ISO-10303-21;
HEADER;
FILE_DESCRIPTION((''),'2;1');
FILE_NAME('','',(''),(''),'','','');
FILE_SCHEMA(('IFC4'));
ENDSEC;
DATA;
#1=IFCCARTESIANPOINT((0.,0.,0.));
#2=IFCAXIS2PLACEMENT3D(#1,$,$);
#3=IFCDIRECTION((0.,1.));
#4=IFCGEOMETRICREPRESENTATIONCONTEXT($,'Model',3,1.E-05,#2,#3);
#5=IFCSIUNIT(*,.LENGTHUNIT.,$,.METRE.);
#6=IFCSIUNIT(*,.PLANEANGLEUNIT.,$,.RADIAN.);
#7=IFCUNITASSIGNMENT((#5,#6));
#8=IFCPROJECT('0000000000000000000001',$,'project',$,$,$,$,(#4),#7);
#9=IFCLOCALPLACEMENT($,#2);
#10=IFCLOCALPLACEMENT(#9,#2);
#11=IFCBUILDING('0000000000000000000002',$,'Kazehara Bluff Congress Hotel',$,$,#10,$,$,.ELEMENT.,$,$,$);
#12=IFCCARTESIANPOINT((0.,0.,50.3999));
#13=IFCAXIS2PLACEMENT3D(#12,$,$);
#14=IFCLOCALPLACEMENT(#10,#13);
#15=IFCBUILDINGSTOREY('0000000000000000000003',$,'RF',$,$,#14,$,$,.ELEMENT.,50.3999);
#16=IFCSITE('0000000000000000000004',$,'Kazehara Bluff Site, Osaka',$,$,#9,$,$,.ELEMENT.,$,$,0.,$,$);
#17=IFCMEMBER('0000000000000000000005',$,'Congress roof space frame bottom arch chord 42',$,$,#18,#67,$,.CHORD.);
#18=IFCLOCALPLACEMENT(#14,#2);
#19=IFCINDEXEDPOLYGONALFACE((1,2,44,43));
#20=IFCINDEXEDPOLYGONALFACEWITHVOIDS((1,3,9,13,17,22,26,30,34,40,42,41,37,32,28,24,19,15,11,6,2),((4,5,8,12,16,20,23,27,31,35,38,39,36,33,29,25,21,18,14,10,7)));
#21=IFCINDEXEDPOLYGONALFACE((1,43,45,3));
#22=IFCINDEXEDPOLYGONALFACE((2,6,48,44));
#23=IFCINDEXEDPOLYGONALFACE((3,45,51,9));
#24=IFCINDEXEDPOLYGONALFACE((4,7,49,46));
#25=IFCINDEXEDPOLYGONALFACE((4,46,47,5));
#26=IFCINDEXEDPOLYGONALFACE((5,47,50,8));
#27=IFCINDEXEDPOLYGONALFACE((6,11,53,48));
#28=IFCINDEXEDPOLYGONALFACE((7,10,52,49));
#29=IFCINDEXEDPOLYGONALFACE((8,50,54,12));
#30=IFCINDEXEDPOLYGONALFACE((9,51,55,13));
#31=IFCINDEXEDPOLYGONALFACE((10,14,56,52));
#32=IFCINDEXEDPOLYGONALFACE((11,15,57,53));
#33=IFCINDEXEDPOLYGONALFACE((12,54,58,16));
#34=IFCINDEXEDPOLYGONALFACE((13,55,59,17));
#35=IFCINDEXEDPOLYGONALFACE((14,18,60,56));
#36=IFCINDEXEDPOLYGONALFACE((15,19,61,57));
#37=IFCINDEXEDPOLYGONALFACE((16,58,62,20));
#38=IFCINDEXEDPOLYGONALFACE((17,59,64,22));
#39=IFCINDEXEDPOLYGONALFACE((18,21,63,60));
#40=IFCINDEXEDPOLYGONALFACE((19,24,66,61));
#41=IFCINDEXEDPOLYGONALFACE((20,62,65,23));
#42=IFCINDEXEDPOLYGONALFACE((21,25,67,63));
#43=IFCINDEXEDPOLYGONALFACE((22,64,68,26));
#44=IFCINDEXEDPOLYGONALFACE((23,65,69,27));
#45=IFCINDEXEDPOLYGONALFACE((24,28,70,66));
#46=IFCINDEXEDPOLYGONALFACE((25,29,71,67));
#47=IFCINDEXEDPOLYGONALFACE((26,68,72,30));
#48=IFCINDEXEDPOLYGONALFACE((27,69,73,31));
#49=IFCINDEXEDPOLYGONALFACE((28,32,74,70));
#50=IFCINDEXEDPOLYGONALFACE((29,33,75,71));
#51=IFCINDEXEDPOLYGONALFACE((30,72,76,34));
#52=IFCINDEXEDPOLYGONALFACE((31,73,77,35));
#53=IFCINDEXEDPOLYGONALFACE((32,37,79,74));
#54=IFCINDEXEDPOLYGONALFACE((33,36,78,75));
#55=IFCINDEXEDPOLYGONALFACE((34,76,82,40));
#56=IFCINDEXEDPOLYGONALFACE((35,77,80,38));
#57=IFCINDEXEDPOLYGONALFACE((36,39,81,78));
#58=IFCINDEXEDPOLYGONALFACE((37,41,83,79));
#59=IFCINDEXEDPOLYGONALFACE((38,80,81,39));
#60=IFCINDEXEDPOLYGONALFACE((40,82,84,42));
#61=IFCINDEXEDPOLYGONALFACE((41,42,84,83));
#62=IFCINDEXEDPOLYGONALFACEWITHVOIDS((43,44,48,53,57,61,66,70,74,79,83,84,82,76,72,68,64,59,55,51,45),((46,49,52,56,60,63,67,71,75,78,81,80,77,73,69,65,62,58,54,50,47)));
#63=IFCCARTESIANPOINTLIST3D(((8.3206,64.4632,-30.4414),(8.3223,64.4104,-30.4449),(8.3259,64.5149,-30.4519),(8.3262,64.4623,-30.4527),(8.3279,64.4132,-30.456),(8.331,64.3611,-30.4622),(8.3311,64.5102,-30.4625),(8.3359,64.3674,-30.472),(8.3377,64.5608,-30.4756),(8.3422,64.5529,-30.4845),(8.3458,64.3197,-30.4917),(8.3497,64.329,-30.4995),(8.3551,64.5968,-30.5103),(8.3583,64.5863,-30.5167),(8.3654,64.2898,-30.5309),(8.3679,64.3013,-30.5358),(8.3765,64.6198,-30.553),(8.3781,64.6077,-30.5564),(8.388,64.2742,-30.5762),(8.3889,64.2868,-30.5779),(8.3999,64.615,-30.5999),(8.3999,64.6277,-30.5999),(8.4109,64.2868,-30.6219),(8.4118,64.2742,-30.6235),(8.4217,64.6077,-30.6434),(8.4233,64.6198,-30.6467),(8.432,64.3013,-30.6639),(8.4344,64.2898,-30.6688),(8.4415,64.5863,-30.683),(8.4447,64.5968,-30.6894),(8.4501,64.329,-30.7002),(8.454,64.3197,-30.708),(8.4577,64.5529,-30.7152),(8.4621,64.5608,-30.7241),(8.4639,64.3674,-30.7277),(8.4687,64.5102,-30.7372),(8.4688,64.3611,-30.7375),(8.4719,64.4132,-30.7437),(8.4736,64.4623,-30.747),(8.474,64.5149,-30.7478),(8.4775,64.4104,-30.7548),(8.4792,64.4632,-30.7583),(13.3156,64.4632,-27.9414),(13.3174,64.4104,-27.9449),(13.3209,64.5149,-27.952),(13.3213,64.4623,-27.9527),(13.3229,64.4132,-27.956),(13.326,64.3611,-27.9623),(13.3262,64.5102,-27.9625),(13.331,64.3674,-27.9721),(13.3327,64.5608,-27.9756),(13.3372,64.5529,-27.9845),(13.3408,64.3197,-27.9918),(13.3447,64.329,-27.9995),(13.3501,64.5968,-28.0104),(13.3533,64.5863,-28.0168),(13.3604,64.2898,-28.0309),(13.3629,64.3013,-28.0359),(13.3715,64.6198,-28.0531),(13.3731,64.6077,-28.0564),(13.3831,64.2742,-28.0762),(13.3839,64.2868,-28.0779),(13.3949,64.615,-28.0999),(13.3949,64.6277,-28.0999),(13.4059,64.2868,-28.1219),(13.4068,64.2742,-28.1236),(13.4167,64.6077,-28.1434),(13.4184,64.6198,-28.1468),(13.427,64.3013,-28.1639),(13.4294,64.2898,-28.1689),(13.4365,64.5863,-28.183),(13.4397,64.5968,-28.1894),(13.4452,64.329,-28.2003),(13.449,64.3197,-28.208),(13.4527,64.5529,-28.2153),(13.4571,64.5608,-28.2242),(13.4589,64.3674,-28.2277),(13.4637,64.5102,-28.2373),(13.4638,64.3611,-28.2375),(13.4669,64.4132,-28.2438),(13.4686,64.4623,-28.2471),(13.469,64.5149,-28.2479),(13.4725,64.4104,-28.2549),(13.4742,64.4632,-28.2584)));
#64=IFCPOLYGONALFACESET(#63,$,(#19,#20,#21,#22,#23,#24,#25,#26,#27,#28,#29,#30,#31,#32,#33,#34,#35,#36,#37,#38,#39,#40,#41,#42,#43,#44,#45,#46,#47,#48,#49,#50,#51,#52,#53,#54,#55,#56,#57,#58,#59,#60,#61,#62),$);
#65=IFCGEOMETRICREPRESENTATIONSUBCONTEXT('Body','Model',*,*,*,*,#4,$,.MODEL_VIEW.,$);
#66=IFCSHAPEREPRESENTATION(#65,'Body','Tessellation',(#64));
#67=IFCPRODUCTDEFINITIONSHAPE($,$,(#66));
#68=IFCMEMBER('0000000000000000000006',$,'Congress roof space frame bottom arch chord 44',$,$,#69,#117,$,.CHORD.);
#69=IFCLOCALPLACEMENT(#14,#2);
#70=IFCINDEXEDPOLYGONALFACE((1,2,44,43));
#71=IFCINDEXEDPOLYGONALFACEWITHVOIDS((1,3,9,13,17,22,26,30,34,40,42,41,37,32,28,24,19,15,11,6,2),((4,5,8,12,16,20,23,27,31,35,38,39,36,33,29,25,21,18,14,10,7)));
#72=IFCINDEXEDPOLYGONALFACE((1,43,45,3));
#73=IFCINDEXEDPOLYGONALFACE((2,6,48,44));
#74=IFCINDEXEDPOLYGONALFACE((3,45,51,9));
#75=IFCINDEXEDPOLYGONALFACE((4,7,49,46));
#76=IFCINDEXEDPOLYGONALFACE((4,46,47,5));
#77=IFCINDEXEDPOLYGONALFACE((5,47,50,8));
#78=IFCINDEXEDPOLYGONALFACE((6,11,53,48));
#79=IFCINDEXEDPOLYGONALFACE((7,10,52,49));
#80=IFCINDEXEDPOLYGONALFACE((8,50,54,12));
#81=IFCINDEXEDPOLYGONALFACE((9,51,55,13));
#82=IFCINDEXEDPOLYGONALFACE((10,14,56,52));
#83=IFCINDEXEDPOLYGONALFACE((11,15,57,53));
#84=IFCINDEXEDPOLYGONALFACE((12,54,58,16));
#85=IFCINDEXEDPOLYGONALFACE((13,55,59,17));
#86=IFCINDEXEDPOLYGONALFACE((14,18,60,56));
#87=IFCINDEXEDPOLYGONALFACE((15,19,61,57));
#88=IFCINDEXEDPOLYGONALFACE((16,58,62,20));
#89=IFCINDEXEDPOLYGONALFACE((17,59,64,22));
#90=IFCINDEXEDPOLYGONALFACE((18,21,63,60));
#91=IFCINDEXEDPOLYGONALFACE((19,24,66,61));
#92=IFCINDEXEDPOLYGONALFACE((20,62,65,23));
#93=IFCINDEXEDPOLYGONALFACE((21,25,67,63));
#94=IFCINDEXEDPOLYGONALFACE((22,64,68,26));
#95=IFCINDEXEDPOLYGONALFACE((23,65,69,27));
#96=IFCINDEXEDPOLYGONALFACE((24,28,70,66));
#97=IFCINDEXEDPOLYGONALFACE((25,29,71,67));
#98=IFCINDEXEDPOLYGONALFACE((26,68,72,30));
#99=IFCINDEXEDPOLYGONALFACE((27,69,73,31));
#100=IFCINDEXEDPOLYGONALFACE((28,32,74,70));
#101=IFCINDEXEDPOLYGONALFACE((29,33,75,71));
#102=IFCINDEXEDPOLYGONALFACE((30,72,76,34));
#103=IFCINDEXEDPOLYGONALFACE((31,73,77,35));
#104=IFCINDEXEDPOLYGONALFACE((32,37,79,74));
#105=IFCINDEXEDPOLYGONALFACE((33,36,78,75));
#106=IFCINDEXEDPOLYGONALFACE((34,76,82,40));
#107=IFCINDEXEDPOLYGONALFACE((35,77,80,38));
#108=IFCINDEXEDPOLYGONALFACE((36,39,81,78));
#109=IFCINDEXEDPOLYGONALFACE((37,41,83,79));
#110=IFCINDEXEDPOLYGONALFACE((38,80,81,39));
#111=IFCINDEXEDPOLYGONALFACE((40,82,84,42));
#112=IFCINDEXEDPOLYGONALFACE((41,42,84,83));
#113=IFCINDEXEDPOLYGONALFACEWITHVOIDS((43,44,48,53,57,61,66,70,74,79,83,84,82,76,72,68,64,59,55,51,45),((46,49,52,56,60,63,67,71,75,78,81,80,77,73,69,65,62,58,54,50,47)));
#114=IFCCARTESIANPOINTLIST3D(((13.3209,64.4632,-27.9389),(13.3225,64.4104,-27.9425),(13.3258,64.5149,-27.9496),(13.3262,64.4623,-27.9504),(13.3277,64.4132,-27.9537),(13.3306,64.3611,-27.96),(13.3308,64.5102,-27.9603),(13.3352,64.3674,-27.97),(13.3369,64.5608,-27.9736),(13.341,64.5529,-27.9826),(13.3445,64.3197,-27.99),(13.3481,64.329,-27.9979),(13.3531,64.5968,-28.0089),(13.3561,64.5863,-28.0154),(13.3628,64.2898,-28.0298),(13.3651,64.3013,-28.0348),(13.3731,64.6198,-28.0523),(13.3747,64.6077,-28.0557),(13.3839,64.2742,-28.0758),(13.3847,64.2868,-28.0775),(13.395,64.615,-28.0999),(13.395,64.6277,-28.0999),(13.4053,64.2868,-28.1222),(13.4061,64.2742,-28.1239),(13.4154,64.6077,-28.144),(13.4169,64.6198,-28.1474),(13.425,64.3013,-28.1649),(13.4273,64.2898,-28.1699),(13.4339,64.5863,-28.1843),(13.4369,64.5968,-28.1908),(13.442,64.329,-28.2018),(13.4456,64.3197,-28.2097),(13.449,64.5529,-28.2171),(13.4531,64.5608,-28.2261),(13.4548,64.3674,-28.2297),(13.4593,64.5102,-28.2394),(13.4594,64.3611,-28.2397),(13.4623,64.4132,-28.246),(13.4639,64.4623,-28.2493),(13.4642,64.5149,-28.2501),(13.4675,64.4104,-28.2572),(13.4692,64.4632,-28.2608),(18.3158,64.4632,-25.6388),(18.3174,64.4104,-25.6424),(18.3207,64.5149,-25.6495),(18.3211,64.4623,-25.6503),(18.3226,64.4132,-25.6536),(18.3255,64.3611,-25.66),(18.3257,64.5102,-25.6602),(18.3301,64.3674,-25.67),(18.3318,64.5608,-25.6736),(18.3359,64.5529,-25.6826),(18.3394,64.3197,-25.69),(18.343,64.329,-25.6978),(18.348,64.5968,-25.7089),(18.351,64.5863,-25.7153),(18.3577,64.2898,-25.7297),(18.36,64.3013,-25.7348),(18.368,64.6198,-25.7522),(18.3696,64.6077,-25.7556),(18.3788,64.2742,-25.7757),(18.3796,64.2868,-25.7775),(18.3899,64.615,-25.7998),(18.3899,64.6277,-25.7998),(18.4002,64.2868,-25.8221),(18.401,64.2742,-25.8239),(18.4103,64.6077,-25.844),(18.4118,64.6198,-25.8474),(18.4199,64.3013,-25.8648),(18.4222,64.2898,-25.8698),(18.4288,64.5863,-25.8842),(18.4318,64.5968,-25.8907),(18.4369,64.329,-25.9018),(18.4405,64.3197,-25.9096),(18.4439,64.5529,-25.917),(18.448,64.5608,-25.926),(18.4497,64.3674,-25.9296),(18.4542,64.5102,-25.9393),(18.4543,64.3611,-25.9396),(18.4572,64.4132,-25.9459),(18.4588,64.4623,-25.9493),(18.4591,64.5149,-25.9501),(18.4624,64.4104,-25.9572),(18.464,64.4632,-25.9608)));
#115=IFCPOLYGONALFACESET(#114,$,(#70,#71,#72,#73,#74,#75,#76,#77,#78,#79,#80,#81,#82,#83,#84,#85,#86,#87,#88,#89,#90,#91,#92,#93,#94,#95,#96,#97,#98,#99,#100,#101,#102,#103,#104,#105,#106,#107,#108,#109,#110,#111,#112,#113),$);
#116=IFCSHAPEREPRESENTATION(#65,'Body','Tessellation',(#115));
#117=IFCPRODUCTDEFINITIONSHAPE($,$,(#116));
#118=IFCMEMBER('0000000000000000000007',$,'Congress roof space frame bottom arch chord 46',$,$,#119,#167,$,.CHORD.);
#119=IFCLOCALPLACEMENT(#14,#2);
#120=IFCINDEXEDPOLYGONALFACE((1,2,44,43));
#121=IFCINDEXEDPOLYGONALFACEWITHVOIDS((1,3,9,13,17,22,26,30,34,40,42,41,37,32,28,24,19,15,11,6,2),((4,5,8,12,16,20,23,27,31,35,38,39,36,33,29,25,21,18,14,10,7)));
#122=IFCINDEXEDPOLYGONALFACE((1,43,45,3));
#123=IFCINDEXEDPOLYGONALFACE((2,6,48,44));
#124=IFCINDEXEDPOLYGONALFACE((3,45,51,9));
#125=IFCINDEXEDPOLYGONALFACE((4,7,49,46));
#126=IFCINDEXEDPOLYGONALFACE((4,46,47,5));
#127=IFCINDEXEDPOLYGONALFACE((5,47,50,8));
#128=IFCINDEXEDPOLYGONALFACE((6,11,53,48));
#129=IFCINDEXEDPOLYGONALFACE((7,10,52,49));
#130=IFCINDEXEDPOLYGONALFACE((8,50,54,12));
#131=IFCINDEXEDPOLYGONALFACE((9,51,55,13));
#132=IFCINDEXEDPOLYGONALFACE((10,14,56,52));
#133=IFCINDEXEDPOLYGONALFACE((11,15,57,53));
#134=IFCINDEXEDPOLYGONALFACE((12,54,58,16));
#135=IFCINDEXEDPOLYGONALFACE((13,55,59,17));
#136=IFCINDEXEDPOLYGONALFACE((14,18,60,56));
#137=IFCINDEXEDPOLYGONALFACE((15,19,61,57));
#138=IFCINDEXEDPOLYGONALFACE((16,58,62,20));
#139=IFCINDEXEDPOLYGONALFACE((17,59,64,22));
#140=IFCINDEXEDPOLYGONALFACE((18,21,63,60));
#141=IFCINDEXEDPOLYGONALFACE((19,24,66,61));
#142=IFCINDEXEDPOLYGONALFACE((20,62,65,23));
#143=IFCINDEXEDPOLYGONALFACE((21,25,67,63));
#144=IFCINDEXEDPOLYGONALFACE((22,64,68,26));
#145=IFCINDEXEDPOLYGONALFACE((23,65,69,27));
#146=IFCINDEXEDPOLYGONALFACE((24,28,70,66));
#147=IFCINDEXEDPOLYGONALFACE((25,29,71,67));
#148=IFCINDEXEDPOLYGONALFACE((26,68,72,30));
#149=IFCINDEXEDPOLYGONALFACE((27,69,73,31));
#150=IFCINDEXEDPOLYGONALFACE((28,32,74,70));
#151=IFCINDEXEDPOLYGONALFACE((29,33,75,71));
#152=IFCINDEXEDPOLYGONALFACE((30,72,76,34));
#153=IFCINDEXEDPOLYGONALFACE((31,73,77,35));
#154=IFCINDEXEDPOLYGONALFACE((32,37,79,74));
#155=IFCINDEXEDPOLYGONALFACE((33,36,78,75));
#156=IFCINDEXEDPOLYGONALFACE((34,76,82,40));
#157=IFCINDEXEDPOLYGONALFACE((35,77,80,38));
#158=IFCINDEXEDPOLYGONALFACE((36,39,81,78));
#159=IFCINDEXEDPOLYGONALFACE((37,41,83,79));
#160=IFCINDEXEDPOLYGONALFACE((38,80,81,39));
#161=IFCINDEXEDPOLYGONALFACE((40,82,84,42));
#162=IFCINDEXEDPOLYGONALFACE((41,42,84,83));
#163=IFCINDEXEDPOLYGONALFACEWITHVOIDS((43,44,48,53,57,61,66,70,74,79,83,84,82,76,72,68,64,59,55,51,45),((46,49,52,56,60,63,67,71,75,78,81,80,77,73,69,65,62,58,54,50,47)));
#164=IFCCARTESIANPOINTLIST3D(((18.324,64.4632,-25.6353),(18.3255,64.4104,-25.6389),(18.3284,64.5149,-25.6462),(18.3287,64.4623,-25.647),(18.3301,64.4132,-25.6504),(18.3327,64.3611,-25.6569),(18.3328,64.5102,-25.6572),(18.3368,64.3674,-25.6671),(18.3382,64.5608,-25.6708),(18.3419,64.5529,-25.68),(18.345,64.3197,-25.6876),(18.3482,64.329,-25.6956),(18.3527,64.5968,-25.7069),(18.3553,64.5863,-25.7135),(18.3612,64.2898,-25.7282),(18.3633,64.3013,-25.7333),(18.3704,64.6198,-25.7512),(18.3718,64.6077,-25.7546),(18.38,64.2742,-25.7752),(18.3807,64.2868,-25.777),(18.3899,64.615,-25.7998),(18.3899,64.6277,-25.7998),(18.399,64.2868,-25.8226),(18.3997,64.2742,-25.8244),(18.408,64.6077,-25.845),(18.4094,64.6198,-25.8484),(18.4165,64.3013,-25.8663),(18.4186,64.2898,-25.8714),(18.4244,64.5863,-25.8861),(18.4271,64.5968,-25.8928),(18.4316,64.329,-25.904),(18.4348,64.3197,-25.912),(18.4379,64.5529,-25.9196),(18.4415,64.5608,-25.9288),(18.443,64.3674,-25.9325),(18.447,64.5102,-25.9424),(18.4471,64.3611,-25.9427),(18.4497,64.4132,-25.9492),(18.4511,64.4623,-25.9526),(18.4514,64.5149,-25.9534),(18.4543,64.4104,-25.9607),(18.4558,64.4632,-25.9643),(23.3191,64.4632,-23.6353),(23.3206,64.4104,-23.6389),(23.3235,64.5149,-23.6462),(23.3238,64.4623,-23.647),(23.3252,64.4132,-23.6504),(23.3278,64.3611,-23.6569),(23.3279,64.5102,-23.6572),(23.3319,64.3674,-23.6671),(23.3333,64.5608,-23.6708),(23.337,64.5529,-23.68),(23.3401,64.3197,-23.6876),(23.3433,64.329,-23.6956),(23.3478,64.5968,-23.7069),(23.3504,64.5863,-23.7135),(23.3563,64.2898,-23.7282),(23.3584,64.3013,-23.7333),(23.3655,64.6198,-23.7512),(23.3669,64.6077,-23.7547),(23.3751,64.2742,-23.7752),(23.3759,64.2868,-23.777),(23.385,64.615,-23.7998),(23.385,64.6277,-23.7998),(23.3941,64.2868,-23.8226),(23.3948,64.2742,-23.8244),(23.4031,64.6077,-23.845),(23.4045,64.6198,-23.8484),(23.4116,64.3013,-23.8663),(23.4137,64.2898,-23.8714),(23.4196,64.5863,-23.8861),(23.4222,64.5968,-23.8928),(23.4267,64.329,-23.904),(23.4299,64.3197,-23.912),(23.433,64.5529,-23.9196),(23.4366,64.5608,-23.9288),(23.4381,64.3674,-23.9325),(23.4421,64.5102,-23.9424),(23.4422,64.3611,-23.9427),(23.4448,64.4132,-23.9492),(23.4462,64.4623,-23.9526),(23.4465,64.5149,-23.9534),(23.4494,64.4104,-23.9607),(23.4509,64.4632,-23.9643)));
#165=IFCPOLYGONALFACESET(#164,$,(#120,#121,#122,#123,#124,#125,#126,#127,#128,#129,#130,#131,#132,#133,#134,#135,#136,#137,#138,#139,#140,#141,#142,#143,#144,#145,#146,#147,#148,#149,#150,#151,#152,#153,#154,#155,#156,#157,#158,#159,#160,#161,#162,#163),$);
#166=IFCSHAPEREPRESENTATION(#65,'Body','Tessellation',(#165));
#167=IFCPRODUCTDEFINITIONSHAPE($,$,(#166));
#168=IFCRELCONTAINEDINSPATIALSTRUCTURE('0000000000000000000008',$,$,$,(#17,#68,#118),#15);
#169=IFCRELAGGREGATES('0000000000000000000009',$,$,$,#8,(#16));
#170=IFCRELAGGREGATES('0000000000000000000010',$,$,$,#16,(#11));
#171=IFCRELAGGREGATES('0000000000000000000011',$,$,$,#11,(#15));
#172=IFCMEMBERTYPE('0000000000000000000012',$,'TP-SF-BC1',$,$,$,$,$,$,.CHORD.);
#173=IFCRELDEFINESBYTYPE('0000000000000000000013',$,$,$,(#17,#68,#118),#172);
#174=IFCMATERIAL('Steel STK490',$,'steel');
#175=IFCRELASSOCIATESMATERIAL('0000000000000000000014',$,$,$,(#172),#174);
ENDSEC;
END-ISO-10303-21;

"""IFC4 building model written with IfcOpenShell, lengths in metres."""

from ifc_helpers import new_model, si_unit, direction, frame, origin, origin_2d, place, context, subcontext, project, spatial, hollow_circle, extrude, material, material_profile, profile_set, type_object, element, save


model = new_model("IFC4")

# Units and contexts
model_context = context("Model", 3, precision=1e-05, world=origin(), true_north=direction((0.0, 1.0)))
body_context = subcontext(model_context, "Body", "Model", "MODEL_VIEW")
ifc_project = project(units=[si_unit("LENGTHUNIT", "METRE"), si_unit("PLANEANGLEUNIT", "RADIAN")], contexts=[model_context])

# Site, building, storey
site_placement = place(None, origin())
site = spatial("IfcSite", under=ifc_project, at=site_placement, Name="Kazehara Bluff Site, Osaka", CompositionType="ELEMENT", RefElevation=0.0)
building_placement = place(site_placement, origin())
building = spatial("IfcBuilding", under=site, at=building_placement, Name="Kazehara Bluff Congress Hotel", CompositionType="ELEMENT")
storey_placement = place(building_placement, frame((0.0, 0.0, 50.3999)))
storey = spatial("IfcBuildingStorey", under=building, at=storey_placement, Name="RF", CompositionType="ELEMENT", Elevation=50.3999)

# Members
ifc_material_1 = material(Name="Steel STK490", Category="steel")
ifc_material_profile_1 = material_profile(ifc_material_1, hollow_circle(Radius=0.1777, WallThickness=0.0127, at=origin_2d()))
ifc_profile_set_1 = profile_set([ifc_material_profile_1], Name="Steel STK490")
member_type_1 = type_object("IfcMemberType", Name="TP-SF-BC1", PredefinedType="CHORD", material=ifc_profile_set_1)
member_1_placement = place(storey_placement, frame((8.3999, 64.45, -30.5999), z_axis=(0.894252, 0.0, 0.447563), x_axis=(0.0, 1.0, 0.0)))
element("IfcMember", 1, at=member_1_placement, inside=storey, type_object=member_type_1, Name="Congress roof space frame bottom arch chord 42", PredefinedType="CHORD", context=body_context, shape_type="SweptSolid", body=[
    extrude(hollow_circle(Radius=0.1777, WallThickness=0.0127, at=origin_2d()), origin(), (0.0, 0.0, 1.0), 5.5857),
])
member_2_placement = place(storey_placement, frame((13.395, 64.45, -28.0999), z_axis=(0.908324, 0.0, 0.418267), x_axis=(0.0, 1.0, 0.0)))
element("IfcMember", 2, at=member_2_placement, inside=storey, type_object=member_type_1, Name="Congress roof space frame bottom arch chord 44", PredefinedType="CHORD", context=body_context, shape_type="SweptSolid", body=[
    extrude(hollow_circle(Radius=0.1777, WallThickness=0.0127, at=origin_2d()), origin(), (0.0, 0.0, 1.0), 5.499),
])
member_3_placement = place(storey_placement, frame((18.3899, 64.45, -25.7998), z_axis=(0.928351, 0.0, 0.371704), x_axis=(0.0, 1.0, 0.0)))
element("IfcMember", 3, at=member_3_placement, inside=storey, type_object=member_type_1, Name="Congress roof space frame bottom arch chord 46", PredefinedType="CHORD", context=body_context, shape_type="SweptSolid", body=[
    extrude(hollow_circle(Radius=0.1777, WallThickness=0.0127, at=origin_2d()), origin(), (0.0, 0.0, 1.0), 5.3806),
])

save(model, "model.ifc")
